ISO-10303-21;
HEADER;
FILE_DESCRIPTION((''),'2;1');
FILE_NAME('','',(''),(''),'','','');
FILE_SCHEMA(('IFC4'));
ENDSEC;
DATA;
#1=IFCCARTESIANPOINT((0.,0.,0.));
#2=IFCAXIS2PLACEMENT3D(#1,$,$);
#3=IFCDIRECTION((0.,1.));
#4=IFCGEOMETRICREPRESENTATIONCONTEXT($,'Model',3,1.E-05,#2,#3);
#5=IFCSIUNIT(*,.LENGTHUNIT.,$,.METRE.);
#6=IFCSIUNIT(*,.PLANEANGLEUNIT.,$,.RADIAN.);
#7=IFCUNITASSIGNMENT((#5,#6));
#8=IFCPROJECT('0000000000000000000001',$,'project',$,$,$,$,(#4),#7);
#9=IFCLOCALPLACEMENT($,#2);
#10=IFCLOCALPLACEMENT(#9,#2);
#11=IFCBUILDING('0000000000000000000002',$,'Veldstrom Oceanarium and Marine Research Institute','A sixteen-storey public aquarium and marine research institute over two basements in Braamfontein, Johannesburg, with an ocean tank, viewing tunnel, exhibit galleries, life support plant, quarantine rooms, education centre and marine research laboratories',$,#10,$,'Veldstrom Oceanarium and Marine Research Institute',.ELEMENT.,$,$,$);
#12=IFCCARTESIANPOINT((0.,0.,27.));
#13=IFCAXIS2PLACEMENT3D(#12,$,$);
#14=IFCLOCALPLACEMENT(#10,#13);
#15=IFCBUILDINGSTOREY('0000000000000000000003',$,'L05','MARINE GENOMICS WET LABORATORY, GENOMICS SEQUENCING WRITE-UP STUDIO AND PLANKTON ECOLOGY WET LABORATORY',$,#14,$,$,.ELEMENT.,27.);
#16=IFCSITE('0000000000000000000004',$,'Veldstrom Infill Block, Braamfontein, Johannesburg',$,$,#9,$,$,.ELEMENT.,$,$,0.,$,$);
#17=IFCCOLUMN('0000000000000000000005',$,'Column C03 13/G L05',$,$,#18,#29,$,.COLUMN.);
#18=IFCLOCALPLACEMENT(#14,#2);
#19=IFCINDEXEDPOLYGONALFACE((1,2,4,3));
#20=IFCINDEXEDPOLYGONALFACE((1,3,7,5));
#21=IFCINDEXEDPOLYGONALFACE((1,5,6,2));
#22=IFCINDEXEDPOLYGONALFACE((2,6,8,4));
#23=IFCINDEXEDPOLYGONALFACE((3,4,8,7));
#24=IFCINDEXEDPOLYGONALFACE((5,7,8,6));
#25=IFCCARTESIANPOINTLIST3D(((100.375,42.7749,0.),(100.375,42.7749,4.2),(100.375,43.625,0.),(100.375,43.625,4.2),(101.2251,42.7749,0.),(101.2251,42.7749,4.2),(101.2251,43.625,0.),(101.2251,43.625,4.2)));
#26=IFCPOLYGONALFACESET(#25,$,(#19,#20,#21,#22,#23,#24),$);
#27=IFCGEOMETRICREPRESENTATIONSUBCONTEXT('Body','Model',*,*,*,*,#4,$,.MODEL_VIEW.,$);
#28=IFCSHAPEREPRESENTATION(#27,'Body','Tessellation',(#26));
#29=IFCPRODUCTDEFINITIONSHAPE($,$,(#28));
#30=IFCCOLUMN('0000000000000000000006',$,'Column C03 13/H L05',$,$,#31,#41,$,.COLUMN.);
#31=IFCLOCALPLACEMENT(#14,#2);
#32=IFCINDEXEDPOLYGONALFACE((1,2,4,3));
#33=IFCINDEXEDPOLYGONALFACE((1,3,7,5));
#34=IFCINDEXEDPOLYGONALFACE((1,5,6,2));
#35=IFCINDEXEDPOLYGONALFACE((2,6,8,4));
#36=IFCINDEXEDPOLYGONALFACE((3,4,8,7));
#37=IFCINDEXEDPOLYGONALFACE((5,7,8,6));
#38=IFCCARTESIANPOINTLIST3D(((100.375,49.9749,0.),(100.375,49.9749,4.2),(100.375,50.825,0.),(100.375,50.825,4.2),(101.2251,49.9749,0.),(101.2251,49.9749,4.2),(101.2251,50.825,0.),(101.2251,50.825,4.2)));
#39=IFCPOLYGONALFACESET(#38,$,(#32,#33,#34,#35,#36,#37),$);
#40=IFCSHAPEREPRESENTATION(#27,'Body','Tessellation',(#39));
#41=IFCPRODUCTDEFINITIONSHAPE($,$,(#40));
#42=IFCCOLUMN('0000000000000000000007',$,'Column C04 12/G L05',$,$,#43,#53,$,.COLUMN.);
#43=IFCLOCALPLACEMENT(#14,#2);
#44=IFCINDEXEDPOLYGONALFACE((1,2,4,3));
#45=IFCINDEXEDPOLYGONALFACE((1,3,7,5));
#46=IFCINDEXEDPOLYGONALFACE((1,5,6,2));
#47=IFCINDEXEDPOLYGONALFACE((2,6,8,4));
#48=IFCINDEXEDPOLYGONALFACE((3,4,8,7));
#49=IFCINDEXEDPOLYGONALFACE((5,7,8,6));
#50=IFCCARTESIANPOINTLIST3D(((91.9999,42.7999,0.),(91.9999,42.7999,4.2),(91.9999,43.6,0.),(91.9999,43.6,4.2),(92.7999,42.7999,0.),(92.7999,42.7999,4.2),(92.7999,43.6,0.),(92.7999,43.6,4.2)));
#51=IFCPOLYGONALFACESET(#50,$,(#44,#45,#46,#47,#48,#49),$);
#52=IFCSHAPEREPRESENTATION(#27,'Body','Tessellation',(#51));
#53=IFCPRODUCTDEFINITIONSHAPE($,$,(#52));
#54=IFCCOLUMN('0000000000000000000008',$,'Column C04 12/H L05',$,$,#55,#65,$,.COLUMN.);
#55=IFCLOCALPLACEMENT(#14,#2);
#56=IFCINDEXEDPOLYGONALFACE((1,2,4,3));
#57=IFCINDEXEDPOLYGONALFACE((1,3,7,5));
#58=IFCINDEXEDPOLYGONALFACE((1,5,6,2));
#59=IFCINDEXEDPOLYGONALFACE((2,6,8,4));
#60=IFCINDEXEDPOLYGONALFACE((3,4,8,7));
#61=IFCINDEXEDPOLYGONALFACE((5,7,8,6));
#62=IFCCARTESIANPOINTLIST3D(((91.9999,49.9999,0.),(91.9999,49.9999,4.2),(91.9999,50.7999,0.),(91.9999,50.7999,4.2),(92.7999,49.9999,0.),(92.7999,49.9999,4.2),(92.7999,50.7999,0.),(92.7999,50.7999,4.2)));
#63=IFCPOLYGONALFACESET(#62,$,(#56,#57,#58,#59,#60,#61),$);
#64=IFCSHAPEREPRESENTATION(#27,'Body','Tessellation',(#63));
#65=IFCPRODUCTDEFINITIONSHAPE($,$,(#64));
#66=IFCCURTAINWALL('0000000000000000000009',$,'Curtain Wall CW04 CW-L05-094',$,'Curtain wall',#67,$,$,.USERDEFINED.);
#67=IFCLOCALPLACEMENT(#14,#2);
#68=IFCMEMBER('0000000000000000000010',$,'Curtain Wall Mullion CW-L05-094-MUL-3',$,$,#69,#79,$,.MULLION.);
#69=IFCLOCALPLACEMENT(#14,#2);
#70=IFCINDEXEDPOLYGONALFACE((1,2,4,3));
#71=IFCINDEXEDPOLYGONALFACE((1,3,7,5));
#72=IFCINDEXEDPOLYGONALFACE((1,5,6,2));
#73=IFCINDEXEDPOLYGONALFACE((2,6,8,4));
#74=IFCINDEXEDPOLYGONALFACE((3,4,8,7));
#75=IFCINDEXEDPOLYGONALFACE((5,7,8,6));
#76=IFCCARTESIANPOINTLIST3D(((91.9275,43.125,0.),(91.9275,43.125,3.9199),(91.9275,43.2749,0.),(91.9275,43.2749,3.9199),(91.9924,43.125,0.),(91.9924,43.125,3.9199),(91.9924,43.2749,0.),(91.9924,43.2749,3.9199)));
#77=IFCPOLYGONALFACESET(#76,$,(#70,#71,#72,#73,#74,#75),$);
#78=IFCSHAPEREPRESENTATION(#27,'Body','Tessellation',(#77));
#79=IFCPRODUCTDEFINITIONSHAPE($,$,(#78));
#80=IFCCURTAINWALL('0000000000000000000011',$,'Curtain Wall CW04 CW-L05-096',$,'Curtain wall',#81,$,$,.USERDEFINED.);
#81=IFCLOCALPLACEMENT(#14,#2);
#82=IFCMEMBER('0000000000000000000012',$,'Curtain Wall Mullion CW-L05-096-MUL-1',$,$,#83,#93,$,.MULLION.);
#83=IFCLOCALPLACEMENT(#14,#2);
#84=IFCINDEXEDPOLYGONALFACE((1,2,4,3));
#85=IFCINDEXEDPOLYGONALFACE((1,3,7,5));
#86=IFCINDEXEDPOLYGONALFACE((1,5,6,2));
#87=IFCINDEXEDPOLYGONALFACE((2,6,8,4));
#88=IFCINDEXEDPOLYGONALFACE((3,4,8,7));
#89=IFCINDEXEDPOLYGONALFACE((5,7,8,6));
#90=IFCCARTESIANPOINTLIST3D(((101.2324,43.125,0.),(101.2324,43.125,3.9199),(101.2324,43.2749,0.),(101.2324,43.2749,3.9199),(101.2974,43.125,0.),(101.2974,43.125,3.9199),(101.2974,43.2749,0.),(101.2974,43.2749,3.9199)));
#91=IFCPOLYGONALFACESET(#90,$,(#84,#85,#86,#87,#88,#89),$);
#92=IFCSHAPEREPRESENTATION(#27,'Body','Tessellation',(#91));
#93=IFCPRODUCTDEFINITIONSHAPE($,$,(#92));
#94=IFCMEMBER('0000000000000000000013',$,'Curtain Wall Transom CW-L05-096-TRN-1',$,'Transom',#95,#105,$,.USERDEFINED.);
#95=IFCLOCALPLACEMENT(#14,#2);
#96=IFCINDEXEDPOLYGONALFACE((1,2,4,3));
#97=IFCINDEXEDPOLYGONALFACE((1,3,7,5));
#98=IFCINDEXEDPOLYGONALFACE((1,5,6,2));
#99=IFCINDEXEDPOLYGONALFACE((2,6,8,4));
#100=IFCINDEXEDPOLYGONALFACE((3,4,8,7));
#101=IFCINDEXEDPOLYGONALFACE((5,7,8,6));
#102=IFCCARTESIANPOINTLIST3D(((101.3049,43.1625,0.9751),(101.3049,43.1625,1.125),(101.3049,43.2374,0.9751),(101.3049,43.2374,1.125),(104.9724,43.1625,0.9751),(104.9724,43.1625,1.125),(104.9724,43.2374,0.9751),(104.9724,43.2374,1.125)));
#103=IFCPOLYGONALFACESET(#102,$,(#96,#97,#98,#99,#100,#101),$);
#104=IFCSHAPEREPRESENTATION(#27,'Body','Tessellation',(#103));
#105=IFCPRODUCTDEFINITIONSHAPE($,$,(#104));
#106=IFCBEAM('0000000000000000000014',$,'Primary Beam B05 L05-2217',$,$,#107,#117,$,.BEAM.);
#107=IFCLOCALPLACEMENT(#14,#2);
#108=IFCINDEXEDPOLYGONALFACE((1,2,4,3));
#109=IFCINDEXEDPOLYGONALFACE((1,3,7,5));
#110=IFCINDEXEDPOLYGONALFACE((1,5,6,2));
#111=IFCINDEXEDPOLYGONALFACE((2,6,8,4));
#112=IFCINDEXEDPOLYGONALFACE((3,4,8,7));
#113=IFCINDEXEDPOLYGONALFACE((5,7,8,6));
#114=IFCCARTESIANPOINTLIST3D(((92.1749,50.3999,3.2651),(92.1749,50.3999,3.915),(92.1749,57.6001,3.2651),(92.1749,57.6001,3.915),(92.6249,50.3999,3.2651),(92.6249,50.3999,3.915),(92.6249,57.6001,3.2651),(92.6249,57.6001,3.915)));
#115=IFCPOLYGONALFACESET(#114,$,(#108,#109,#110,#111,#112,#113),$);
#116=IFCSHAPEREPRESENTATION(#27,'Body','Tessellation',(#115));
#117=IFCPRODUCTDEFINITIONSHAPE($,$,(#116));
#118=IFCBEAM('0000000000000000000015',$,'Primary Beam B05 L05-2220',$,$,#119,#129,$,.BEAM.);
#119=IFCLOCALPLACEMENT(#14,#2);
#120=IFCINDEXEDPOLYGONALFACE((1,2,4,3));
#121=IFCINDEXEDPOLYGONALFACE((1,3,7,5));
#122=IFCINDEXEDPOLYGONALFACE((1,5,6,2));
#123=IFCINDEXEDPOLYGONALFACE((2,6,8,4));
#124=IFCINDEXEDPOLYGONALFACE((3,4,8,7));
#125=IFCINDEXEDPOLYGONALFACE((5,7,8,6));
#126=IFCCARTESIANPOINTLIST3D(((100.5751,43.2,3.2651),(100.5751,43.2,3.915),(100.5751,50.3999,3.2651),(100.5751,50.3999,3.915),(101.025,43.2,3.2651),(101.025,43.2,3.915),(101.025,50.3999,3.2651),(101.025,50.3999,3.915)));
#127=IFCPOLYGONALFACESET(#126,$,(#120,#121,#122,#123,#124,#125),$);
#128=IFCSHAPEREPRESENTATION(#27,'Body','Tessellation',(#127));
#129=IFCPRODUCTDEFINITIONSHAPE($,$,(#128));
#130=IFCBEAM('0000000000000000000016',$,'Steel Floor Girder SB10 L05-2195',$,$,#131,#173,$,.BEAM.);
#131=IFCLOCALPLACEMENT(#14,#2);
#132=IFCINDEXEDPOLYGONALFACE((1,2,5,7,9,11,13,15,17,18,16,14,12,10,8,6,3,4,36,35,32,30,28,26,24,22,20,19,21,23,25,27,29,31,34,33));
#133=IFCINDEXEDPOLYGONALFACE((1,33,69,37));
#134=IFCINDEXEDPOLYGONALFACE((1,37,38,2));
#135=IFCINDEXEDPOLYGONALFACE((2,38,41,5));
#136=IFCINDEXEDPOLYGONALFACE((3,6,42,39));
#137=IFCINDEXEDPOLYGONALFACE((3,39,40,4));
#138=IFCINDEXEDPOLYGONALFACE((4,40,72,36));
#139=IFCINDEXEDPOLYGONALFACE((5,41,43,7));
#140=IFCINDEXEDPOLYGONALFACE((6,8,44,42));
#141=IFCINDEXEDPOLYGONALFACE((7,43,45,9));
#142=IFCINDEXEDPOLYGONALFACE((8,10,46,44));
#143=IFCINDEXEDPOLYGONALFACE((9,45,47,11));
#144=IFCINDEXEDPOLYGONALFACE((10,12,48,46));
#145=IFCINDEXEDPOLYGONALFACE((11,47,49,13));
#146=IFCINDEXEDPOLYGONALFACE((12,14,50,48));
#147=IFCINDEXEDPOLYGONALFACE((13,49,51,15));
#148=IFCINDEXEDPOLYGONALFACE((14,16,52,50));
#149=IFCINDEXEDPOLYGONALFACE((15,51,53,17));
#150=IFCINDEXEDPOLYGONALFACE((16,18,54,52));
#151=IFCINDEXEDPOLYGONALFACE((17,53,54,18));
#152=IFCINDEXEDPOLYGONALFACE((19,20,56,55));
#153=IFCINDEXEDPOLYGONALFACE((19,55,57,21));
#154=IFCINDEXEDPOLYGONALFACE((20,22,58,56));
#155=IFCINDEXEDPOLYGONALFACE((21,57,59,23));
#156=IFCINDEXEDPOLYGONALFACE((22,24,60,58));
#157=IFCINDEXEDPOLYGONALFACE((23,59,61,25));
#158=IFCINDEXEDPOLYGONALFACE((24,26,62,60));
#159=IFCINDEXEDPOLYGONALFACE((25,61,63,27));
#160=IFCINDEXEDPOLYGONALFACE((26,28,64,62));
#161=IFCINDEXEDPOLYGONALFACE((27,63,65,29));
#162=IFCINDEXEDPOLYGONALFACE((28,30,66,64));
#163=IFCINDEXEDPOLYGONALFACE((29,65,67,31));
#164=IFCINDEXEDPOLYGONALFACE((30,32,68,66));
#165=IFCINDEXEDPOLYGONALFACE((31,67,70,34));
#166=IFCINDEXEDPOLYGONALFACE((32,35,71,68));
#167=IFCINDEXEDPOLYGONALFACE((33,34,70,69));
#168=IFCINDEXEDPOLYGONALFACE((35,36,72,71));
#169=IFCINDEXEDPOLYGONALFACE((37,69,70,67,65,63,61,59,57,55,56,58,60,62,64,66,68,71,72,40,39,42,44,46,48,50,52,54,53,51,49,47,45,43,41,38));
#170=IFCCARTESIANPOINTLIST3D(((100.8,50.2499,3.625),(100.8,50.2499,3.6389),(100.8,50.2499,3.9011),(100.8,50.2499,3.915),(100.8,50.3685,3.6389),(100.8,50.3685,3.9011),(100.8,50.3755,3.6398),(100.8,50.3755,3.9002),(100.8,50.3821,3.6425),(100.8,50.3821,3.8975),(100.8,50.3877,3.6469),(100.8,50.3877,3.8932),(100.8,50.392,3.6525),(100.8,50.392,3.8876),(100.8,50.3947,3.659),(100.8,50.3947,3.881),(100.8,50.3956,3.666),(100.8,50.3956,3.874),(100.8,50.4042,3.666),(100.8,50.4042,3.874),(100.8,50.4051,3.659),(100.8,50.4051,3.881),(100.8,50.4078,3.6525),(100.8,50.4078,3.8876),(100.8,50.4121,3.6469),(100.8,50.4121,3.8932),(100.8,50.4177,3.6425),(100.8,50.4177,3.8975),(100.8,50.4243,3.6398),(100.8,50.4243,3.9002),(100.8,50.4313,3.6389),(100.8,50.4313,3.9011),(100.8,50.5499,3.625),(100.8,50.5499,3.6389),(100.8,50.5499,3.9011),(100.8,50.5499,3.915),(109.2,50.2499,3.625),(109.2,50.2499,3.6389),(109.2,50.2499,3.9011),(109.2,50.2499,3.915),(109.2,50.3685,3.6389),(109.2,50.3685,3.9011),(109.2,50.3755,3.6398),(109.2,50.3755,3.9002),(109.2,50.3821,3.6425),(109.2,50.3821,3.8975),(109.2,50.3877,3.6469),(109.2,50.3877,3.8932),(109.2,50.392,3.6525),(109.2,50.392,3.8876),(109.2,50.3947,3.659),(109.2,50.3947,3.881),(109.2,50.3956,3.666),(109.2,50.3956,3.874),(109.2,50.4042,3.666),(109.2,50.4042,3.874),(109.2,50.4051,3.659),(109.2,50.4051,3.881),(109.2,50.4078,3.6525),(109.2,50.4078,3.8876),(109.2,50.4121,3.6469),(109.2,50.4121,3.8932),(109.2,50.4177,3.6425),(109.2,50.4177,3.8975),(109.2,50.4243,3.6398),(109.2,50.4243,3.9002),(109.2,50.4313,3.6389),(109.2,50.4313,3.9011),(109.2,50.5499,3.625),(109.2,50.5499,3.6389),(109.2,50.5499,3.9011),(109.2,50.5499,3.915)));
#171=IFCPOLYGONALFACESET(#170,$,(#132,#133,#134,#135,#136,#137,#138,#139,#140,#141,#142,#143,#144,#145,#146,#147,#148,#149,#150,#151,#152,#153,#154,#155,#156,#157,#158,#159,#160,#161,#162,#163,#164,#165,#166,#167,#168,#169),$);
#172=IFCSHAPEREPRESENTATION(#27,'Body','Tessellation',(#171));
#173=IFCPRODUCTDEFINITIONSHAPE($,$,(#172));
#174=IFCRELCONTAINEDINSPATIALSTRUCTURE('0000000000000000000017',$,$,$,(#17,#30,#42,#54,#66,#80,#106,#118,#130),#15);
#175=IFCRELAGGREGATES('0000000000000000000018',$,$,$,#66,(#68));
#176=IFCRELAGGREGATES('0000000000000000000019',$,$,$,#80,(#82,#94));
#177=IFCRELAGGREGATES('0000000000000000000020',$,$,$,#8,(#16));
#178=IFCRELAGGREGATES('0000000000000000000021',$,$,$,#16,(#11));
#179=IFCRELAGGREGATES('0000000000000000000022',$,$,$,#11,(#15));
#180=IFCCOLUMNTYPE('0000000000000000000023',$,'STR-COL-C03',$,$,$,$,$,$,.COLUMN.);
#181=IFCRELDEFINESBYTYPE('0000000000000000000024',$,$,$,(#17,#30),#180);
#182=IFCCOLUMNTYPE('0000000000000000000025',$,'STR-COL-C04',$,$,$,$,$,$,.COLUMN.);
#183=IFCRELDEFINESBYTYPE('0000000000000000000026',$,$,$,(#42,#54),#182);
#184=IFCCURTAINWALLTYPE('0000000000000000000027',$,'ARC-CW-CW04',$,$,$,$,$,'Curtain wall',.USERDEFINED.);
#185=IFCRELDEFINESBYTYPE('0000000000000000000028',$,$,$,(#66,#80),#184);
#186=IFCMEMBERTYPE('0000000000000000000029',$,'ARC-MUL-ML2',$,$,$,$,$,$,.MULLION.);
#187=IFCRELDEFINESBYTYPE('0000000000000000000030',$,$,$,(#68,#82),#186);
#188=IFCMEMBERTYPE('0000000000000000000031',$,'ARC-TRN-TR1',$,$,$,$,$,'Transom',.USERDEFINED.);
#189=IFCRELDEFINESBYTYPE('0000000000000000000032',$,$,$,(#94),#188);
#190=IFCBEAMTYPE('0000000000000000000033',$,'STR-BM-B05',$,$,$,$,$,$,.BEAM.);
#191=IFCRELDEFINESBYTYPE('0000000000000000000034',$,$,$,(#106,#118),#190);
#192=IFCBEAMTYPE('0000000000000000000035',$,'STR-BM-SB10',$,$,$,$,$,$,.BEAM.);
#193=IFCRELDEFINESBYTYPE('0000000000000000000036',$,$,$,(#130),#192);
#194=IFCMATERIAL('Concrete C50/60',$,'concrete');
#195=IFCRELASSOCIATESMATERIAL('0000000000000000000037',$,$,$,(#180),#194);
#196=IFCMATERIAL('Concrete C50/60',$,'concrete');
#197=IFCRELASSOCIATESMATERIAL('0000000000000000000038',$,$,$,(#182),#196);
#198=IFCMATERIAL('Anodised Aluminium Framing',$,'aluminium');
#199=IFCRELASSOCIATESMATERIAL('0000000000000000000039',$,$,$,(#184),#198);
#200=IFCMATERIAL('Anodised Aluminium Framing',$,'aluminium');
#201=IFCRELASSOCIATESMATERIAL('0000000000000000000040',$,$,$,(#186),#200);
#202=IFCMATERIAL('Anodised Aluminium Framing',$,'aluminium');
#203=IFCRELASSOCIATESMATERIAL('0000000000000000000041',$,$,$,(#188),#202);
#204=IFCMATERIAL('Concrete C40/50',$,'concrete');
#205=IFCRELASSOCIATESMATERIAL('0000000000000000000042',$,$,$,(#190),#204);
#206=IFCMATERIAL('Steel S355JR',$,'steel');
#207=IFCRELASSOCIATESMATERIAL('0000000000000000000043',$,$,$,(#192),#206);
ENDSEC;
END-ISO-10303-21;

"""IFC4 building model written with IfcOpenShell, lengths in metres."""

from ifc_helpers import new_model, si_unit, direction, frame, origin, origin_2d, place, context, subcontext, project, spatial, rectangle, i_section, extrude, material, material_profile, profile_set, type_object, element, aggregate, save


model = new_model("IFC4")

# Units and contexts
model_context = context("Model", 3, precision=1e-05, world=origin(), true_north=direction((0.0, 1.0)))
body_context = subcontext(model_context, "Body", "Model", "MODEL_VIEW")
ifc_project = project(units=[si_unit("LENGTHUNIT", "METRE"), si_unit("PLANEANGLEUNIT", "RADIAN")], contexts=[model_context])

# Site, building, storey
site_placement = place(None, origin())
site = spatial("IfcSite", under=ifc_project, at=site_placement, Name="Veldstrom Infill Block, Braamfontein, Johannesburg", CompositionType="ELEMENT", RefElevation=0.0)
building_placement = place(site_placement, origin())
building = spatial("IfcBuilding", under=site, at=building_placement, Name="Veldstrom Oceanarium and Marine Research Institute", Description="A sixteen-storey public aquarium and marine research institute over two basements in Braamfontein, Johannesburg, with an ocean tank, viewing tunnel, exhibit galleries, life support plant, quarantine rooms, education centre and marine research laboratories", LongName="Veldstrom Oceanarium and Marine Research Institute", CompositionType="ELEMENT")
storey_placement = place(building_placement, frame((0.0, 0.0, 27.0)))
storey = spatial("IfcBuildingStorey", under=building, at=storey_placement, Name="L05", Description="MARINE GENOMICS WET LABORATORY, GENOMICS SEQUENCING WRITE-UP STUDIO AND PLANKTON ECOLOGY WET LABORATORY", CompositionType="ELEMENT", Elevation=27.0)

# Columns
ifc_material_1 = material(Name="Concrete C50/60", Category="concrete")
ifc_material_profile_1 = material_profile(ifc_material_1, rectangle(XDim=0.8501, YDim=0.8501, at=origin_2d()), Name="RC-COL-850x850")
ifc_profile_set_1 = profile_set([ifc_material_profile_1], Name="Concrete C50/60")
column_type_1 = type_object("IfcColumnType", Name="STR-COL-C03", PredefinedType="COLUMN", material=ifc_profile_set_1)
for number, where, z_axis, x_axis, name in (
    (1, (100.8, 43.2, 0.0), (0.0, 0.0, 1.0), (1.0, 0.0, 0.0), "Column C03 13/G L05"),
    (2, (100.8, 50.3999, 0.0), (0.0, 0.0, 1.0), (1.0, 0.0, 0.0), "Column C03 13/H L05"),
):
    element("IfcColumn", number, at=place(storey_placement, frame(where, z_axis=z_axis, x_axis=x_axis)), inside=storey, type_object=column_type_1, Name=name, PredefinedType="COLUMN", context=body_context, shape_type="SweptSolid", body=[
        extrude(rectangle(XDim=0.8501, YDim=0.8501, at=origin_2d()), origin(), (0.0, 0.0, 1.0), 4.2),
    ])
ifc_material_2 = material(Name="Concrete C50/60", Category="concrete")
ifc_material_profile_2 = material_profile(ifc_material_2, rectangle(XDim=0.8, YDim=0.8, at=origin_2d()), Name="RC-COL-800x800")
ifc_profile_set_2 = profile_set([ifc_material_profile_2], Name="Concrete C50/60")
column_type_2 = type_object("IfcColumnType", Name="STR-COL-C04", PredefinedType="COLUMN", material=ifc_profile_set_2)
for number, where, z_axis, x_axis, name in (
    (3, (92.3999, 43.2, 0.0), (0.0, 0.0, 1.0), (1.0, 0.0, 0.0), "Column C04 12/G L05"),
    (4, (92.3999, 50.3999, 0.0), (0.0, 0.0, 1.0), (1.0, 0.0, 0.0), "Column C04 12/H L05"),
):
    element("IfcColumn", number, at=place(storey_placement, frame(where, z_axis=z_axis, x_axis=x_axis)), inside=storey, type_object=column_type_2, Name=name, PredefinedType="COLUMN", context=body_context, shape_type="SweptSolid", body=[
        extrude(rectangle(XDim=0.8, YDim=0.8, at=origin_2d()), origin(), (0.0, 0.0, 1.0), 4.2),
    ])

# Curtain wall, member
ifc_material_3 = material(Name="Anodised Aluminium Framing", Category="aluminium")
curtain_wall_type = type_object("IfcCurtainWallType", Name="ARC-CW-CW04", ElementType="Curtain wall", PredefinedType="USERDEFINED", material=ifc_material_3)
curtain_wall_1_placement = place(storey_placement, origin())
curtain_wall_1 = element("IfcCurtainWall", 5, at=curtain_wall_1_placement, inside=storey, type_object=curtain_wall_type, Name="Curtain Wall CW04 CW-L05-094", ObjectType="Curtain wall", PredefinedType="USERDEFINED")
ifc_material_4 = material(Name="Anodised Aluminium Framing", Category="aluminium")
ifc_material_profile_3 = material_profile(ifc_material_4, rectangle(XDim=0.0649, YDim=0.1499, at=origin_2d()), Name="ALU-MUL-65x150")
ifc_profile_set_3 = profile_set([ifc_material_profile_3], Name="Anodised Aluminium Framing")
member_type_1 = type_object("IfcMemberType", Name="ARC-MUL-ML2", PredefinedType="MULLION", material=ifc_profile_set_3)
member_1_placement = place(storey_placement, frame((91.96, 43.2, 0.0), z_axis=(0.0, 0.0, 1.0), x_axis=(1.0, 0.0, 0.0)))
member_1 = element("IfcMember", 6, at=member_1_placement, type_object=member_type_1, Name="Curtain Wall Mullion CW-L05-094-MUL-3", PredefinedType="MULLION", context=body_context, shape_type="SweptSolid", body=[
    extrude(rectangle(XDim=0.0649, YDim=0.1499, at=origin_2d()), origin(), (0.0, 0.0, 1.0), 3.9199),
])
aggregate(curtain_wall_1, [member_1])

# Curtain wall, members
curtain_wall_2_placement = place(storey_placement, origin())
curtain_wall_2 = element("IfcCurtainWall", 7, at=curtain_wall_2_placement, inside=storey, type_object=curtain_wall_type, Name="Curtain Wall CW04 CW-L05-096", ObjectType="Curtain wall", PredefinedType="USERDEFINED")
member_2_placement = place(storey_placement, frame((101.2649, 43.2, 0.0), z_axis=(0.0, 0.0, 1.0), x_axis=(1.0, 0.0, 0.0)))
member_2 = element("IfcMember", 8, at=member_2_placement, type_object=member_type_1, Name="Curtain Wall Mullion CW-L05-096-MUL-1", PredefinedType="MULLION", context=body_context, shape_type="SweptSolid", body=[
    extrude(rectangle(XDim=0.0649, YDim=0.1499, at=origin_2d()), origin(), (0.0, 0.0, 1.0), 3.9199),
])
ifc_material_5 = material(Name="Anodised Aluminium Framing", Category="aluminium")
ifc_material_profile_4 = material_profile(ifc_material_5, rectangle(XDim=0.075, YDim=0.1499, at=origin_2d()), Name="ALU-TRN-75x150")
ifc_profile_set_4 = profile_set([ifc_material_profile_4], Name="Anodised Aluminium Framing")
member_type_2 = type_object("IfcMemberType", Name="ARC-TRN-TR1", ElementType="Transom", PredefinedType="USERDEFINED", material=ifc_profile_set_4)
member_3_placement = place(storey_placement, frame((101.3049, 43.2, 1.05), z_axis=(1.0, 0.0, 0.0), x_axis=(0.0, 1.0, 0.0)))
member_3 = element("IfcMember", 9, at=member_3_placement, type_object=member_type_2, Name="Curtain Wall Transom CW-L05-096-TRN-1", ObjectType="Transom", PredefinedType="USERDEFINED", context=body_context, shape_type="SweptSolid", body=[
    extrude(rectangle(XDim=0.075, YDim=0.1499, at=origin_2d()), origin(), (0.0, 0.0, 1.0), 3.6675),
])
aggregate(curtain_wall_2, [member_2, member_3])

# Beams
ifc_material_6 = material(Name="Concrete C40/50", Category="concrete")
ifc_material_profile_5 = material_profile(ifc_material_6, rectangle(XDim=0.45, YDim=0.6499, at=origin_2d()), Name="RC-BM-450x650")
ifc_profile_set_5 = profile_set([ifc_material_profile_5], Name="Concrete C40/50")
beam_type_1 = type_object("IfcBeamType", Name="STR-BM-B05", PredefinedType="BEAM", material=ifc_profile_set_5)
beam_1_placement = place(storey_placement, frame((92.3999, 50.3999, 3.5901), z_axis=(0.0, 1.0, 0.0), x_axis=(-1.0, 0.0, 0.0)))
element("IfcBeam", 10, at=beam_1_placement, inside=storey, type_object=beam_type_1, Name="Primary Beam B05 L05-2217", PredefinedType="BEAM", context=body_context, shape_type="SweptSolid", body=[
    extrude(rectangle(XDim=0.45, YDim=0.6499, at=origin_2d()), origin(), (0.0, 0.0, 1.0), 7.2002),
])
beam_2_placement = place(storey_placement, frame((100.8, 43.2, 3.5901), z_axis=(0.0, 1.0, 0.0), x_axis=(-1.0, 0.0, 0.0)))
element("IfcBeam", 11, at=beam_2_placement, inside=storey, type_object=beam_type_1, Name="Primary Beam B05 L05-2220", PredefinedType="BEAM", context=body_context, shape_type="SweptSolid", body=[
    extrude(rectangle(XDim=0.45, YDim=0.6499, at=origin_2d()), origin(), (0.0, 0.0, 1.0), 7.2),
])
ifc_material_7 = material(Name="Steel S355JR", Category="steel")
ifc_material_profile_6 = material_profile(ifc_material_7, i_section(OverallWidth=0.3, OverallDepth=0.29, WebThickness=0.0085, FlangeThickness=0.0139, FilletRadius=0.0271, at=origin_2d()), Name="HEA 300")
ifc_profile_set_6 = profile_set([ifc_material_profile_6], Name="Steel S355JR")
beam_type_2 = type_object("IfcBeamType", Name="STR-BM-SB10", PredefinedType="BEAM", material=ifc_profile_set_6)
beam_3_placement = place(storey_placement, frame((100.8, 50.3999, 3.77), z_axis=(1.0, 0.0, 0.0), x_axis=(0.0, 1.0, 0.0)))
element("IfcBeam", 12, at=beam_3_placement, inside=storey, type_object=beam_type_2, Name="Steel Floor Girder SB10 L05-2195", PredefinedType="BEAM", context=body_context, shape_type="SweptSolid", body=[
    extrude(i_section(OverallWidth=0.3, OverallDepth=0.29, WebThickness=0.0085, FlangeThickness=0.0139, FilletRadius=0.0271, at=origin_2d()), origin(), (0.0, 0.0, 1.0), 8.3999),
])

save(model, "model.ifc")
